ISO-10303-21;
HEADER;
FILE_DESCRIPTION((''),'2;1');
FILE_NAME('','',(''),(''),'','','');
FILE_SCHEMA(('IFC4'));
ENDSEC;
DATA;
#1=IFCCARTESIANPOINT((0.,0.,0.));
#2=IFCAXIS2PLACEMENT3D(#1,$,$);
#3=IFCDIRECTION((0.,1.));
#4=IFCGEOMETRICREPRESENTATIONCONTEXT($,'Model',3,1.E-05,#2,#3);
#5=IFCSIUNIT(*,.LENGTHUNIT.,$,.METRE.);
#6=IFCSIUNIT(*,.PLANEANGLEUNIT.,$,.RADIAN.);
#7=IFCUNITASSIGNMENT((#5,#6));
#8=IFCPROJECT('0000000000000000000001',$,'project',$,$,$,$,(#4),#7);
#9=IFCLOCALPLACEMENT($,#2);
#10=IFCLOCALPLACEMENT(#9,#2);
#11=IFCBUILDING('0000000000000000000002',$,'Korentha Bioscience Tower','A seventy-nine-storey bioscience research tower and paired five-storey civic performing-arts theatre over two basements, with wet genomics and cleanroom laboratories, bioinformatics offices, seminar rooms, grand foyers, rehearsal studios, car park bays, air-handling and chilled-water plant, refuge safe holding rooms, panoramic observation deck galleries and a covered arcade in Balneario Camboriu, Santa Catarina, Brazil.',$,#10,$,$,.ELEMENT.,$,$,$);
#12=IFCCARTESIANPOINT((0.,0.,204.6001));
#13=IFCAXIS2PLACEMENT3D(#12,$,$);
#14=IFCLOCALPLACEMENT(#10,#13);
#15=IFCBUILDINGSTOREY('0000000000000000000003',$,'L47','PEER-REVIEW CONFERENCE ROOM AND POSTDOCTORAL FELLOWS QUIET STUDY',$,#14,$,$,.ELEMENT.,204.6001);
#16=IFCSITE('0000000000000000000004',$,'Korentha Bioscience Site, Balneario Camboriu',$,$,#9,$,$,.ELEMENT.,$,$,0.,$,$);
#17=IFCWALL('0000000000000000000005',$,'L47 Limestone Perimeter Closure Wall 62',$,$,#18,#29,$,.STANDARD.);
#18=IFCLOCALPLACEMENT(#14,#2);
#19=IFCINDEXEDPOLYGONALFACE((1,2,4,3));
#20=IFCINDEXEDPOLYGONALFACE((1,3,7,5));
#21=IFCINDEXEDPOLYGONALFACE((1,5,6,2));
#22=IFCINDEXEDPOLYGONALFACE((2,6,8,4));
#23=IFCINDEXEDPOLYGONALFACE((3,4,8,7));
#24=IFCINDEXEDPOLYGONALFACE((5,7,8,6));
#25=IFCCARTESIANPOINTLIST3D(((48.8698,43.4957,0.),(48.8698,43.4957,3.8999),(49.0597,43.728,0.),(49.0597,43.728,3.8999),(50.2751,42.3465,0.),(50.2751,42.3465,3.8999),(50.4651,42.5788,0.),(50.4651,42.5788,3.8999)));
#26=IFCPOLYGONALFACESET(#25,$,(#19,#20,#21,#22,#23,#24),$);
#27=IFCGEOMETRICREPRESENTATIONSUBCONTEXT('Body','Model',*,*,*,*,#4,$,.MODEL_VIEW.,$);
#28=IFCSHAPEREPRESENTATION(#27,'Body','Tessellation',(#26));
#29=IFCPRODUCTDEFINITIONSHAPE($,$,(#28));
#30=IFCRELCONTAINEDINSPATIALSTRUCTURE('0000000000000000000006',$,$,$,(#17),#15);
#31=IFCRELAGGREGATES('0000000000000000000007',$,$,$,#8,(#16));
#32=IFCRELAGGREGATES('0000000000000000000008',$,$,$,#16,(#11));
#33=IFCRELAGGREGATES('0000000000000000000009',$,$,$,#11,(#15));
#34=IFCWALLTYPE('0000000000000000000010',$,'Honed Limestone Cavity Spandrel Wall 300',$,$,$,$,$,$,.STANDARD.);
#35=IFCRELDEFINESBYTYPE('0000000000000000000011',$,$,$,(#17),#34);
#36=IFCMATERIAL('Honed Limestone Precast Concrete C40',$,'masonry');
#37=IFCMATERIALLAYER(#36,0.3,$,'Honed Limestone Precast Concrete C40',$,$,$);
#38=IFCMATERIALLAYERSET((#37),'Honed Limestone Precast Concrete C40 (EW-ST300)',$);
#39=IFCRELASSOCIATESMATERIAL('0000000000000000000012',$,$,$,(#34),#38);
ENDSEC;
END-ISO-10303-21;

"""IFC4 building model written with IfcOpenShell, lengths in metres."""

from ifc_helpers import new_model, si_unit, direction, frame, frame_2d, origin, place, context, subcontext, project, spatial, rectangle, extrude, material, layer, layer_set, type_object, element, save


model = new_model("IFC4")

# Units and contexts
model_context = context("Model", 3, precision=1e-05, world=origin(), true_north=direction((0.0, 1.0)))
body_context = subcontext(model_context, "Body", "Model", "MODEL_VIEW")
ifc_project = project(units=[si_unit("LENGTHUNIT", "METRE"), si_unit("PLANEANGLEUNIT", "RADIAN")], contexts=[model_context])

# Site, building, storey
site_placement = place(None, origin())
site = spatial("IfcSite", under=ifc_project, at=site_placement, Name="Korentha Bioscience Site, Balneario Camboriu", CompositionType="ELEMENT", RefElevation=0.0)
building_placement = place(site_placement, origin())
building = spatial("IfcBuilding", under=site, at=building_placement, Name="Korentha Bioscience Tower", Description="A seventy-nine-storey bioscience research tower and paired five-storey civic performing-arts theatre over two basements, with wet genomics and cleanroom laboratories, bioinformatics offices, seminar rooms, grand foyers, rehearsal studios, car park bays, air-handling and chilled-water plant, refuge safe holding rooms, panoramic observation deck galleries and a covered arcade in Balneario Camboriu, Santa Catarina, Brazil.", CompositionType="ELEMENT")
storey_placement = place(building_placement, frame((0.0, 0.0, 204.6001)))
storey = spatial("IfcBuildingStorey", under=building, at=storey_placement, Name="L47", Description="PEER-REVIEW CONFERENCE ROOM AND POSTDOCTORAL FELLOWS QUIET STUDY", CompositionType="ELEMENT", Elevation=204.6001)

# Wall
ifc_material_1 = material(Name="Honed Limestone Precast Concrete C40", Category="masonry")
ifc_layer_1 = layer(ifc_material_1, 0.3, Name="Honed Limestone Precast Concrete C40")
ifc_layer_set_1 = layer_set([ifc_layer_1], Name="Honed Limestone Precast Concrete C40 (EW-ST300)")
wall_type = type_object("IfcWallType", Name="Honed Limestone Cavity Spandrel Wall 300", PredefinedType="STANDARD", material=ifc_layer_set_1)
wall_1_placement = place(storey_placement, frame((50.3701, 42.4626, 0.0), z_axis=(0.0, 0.0, 1.0), x_axis=(-0.774119, 0.63304, 0.0)))
element("IfcWall", 1, at=wall_1_placement, inside=storey, type_object=wall_type, Name="L47 Limestone Perimeter Closure Wall 62", PredefinedType="STANDARD", context=body_context, shape_type="SweptSolid", body=[
    extrude(rectangle(XDim=1.8154, YDim=0.3, at=frame_2d((0.9077, 0.0))), origin(), (0.0, 0.0, 1.0), 3.8999),
])

save(model, "model.ifc")
